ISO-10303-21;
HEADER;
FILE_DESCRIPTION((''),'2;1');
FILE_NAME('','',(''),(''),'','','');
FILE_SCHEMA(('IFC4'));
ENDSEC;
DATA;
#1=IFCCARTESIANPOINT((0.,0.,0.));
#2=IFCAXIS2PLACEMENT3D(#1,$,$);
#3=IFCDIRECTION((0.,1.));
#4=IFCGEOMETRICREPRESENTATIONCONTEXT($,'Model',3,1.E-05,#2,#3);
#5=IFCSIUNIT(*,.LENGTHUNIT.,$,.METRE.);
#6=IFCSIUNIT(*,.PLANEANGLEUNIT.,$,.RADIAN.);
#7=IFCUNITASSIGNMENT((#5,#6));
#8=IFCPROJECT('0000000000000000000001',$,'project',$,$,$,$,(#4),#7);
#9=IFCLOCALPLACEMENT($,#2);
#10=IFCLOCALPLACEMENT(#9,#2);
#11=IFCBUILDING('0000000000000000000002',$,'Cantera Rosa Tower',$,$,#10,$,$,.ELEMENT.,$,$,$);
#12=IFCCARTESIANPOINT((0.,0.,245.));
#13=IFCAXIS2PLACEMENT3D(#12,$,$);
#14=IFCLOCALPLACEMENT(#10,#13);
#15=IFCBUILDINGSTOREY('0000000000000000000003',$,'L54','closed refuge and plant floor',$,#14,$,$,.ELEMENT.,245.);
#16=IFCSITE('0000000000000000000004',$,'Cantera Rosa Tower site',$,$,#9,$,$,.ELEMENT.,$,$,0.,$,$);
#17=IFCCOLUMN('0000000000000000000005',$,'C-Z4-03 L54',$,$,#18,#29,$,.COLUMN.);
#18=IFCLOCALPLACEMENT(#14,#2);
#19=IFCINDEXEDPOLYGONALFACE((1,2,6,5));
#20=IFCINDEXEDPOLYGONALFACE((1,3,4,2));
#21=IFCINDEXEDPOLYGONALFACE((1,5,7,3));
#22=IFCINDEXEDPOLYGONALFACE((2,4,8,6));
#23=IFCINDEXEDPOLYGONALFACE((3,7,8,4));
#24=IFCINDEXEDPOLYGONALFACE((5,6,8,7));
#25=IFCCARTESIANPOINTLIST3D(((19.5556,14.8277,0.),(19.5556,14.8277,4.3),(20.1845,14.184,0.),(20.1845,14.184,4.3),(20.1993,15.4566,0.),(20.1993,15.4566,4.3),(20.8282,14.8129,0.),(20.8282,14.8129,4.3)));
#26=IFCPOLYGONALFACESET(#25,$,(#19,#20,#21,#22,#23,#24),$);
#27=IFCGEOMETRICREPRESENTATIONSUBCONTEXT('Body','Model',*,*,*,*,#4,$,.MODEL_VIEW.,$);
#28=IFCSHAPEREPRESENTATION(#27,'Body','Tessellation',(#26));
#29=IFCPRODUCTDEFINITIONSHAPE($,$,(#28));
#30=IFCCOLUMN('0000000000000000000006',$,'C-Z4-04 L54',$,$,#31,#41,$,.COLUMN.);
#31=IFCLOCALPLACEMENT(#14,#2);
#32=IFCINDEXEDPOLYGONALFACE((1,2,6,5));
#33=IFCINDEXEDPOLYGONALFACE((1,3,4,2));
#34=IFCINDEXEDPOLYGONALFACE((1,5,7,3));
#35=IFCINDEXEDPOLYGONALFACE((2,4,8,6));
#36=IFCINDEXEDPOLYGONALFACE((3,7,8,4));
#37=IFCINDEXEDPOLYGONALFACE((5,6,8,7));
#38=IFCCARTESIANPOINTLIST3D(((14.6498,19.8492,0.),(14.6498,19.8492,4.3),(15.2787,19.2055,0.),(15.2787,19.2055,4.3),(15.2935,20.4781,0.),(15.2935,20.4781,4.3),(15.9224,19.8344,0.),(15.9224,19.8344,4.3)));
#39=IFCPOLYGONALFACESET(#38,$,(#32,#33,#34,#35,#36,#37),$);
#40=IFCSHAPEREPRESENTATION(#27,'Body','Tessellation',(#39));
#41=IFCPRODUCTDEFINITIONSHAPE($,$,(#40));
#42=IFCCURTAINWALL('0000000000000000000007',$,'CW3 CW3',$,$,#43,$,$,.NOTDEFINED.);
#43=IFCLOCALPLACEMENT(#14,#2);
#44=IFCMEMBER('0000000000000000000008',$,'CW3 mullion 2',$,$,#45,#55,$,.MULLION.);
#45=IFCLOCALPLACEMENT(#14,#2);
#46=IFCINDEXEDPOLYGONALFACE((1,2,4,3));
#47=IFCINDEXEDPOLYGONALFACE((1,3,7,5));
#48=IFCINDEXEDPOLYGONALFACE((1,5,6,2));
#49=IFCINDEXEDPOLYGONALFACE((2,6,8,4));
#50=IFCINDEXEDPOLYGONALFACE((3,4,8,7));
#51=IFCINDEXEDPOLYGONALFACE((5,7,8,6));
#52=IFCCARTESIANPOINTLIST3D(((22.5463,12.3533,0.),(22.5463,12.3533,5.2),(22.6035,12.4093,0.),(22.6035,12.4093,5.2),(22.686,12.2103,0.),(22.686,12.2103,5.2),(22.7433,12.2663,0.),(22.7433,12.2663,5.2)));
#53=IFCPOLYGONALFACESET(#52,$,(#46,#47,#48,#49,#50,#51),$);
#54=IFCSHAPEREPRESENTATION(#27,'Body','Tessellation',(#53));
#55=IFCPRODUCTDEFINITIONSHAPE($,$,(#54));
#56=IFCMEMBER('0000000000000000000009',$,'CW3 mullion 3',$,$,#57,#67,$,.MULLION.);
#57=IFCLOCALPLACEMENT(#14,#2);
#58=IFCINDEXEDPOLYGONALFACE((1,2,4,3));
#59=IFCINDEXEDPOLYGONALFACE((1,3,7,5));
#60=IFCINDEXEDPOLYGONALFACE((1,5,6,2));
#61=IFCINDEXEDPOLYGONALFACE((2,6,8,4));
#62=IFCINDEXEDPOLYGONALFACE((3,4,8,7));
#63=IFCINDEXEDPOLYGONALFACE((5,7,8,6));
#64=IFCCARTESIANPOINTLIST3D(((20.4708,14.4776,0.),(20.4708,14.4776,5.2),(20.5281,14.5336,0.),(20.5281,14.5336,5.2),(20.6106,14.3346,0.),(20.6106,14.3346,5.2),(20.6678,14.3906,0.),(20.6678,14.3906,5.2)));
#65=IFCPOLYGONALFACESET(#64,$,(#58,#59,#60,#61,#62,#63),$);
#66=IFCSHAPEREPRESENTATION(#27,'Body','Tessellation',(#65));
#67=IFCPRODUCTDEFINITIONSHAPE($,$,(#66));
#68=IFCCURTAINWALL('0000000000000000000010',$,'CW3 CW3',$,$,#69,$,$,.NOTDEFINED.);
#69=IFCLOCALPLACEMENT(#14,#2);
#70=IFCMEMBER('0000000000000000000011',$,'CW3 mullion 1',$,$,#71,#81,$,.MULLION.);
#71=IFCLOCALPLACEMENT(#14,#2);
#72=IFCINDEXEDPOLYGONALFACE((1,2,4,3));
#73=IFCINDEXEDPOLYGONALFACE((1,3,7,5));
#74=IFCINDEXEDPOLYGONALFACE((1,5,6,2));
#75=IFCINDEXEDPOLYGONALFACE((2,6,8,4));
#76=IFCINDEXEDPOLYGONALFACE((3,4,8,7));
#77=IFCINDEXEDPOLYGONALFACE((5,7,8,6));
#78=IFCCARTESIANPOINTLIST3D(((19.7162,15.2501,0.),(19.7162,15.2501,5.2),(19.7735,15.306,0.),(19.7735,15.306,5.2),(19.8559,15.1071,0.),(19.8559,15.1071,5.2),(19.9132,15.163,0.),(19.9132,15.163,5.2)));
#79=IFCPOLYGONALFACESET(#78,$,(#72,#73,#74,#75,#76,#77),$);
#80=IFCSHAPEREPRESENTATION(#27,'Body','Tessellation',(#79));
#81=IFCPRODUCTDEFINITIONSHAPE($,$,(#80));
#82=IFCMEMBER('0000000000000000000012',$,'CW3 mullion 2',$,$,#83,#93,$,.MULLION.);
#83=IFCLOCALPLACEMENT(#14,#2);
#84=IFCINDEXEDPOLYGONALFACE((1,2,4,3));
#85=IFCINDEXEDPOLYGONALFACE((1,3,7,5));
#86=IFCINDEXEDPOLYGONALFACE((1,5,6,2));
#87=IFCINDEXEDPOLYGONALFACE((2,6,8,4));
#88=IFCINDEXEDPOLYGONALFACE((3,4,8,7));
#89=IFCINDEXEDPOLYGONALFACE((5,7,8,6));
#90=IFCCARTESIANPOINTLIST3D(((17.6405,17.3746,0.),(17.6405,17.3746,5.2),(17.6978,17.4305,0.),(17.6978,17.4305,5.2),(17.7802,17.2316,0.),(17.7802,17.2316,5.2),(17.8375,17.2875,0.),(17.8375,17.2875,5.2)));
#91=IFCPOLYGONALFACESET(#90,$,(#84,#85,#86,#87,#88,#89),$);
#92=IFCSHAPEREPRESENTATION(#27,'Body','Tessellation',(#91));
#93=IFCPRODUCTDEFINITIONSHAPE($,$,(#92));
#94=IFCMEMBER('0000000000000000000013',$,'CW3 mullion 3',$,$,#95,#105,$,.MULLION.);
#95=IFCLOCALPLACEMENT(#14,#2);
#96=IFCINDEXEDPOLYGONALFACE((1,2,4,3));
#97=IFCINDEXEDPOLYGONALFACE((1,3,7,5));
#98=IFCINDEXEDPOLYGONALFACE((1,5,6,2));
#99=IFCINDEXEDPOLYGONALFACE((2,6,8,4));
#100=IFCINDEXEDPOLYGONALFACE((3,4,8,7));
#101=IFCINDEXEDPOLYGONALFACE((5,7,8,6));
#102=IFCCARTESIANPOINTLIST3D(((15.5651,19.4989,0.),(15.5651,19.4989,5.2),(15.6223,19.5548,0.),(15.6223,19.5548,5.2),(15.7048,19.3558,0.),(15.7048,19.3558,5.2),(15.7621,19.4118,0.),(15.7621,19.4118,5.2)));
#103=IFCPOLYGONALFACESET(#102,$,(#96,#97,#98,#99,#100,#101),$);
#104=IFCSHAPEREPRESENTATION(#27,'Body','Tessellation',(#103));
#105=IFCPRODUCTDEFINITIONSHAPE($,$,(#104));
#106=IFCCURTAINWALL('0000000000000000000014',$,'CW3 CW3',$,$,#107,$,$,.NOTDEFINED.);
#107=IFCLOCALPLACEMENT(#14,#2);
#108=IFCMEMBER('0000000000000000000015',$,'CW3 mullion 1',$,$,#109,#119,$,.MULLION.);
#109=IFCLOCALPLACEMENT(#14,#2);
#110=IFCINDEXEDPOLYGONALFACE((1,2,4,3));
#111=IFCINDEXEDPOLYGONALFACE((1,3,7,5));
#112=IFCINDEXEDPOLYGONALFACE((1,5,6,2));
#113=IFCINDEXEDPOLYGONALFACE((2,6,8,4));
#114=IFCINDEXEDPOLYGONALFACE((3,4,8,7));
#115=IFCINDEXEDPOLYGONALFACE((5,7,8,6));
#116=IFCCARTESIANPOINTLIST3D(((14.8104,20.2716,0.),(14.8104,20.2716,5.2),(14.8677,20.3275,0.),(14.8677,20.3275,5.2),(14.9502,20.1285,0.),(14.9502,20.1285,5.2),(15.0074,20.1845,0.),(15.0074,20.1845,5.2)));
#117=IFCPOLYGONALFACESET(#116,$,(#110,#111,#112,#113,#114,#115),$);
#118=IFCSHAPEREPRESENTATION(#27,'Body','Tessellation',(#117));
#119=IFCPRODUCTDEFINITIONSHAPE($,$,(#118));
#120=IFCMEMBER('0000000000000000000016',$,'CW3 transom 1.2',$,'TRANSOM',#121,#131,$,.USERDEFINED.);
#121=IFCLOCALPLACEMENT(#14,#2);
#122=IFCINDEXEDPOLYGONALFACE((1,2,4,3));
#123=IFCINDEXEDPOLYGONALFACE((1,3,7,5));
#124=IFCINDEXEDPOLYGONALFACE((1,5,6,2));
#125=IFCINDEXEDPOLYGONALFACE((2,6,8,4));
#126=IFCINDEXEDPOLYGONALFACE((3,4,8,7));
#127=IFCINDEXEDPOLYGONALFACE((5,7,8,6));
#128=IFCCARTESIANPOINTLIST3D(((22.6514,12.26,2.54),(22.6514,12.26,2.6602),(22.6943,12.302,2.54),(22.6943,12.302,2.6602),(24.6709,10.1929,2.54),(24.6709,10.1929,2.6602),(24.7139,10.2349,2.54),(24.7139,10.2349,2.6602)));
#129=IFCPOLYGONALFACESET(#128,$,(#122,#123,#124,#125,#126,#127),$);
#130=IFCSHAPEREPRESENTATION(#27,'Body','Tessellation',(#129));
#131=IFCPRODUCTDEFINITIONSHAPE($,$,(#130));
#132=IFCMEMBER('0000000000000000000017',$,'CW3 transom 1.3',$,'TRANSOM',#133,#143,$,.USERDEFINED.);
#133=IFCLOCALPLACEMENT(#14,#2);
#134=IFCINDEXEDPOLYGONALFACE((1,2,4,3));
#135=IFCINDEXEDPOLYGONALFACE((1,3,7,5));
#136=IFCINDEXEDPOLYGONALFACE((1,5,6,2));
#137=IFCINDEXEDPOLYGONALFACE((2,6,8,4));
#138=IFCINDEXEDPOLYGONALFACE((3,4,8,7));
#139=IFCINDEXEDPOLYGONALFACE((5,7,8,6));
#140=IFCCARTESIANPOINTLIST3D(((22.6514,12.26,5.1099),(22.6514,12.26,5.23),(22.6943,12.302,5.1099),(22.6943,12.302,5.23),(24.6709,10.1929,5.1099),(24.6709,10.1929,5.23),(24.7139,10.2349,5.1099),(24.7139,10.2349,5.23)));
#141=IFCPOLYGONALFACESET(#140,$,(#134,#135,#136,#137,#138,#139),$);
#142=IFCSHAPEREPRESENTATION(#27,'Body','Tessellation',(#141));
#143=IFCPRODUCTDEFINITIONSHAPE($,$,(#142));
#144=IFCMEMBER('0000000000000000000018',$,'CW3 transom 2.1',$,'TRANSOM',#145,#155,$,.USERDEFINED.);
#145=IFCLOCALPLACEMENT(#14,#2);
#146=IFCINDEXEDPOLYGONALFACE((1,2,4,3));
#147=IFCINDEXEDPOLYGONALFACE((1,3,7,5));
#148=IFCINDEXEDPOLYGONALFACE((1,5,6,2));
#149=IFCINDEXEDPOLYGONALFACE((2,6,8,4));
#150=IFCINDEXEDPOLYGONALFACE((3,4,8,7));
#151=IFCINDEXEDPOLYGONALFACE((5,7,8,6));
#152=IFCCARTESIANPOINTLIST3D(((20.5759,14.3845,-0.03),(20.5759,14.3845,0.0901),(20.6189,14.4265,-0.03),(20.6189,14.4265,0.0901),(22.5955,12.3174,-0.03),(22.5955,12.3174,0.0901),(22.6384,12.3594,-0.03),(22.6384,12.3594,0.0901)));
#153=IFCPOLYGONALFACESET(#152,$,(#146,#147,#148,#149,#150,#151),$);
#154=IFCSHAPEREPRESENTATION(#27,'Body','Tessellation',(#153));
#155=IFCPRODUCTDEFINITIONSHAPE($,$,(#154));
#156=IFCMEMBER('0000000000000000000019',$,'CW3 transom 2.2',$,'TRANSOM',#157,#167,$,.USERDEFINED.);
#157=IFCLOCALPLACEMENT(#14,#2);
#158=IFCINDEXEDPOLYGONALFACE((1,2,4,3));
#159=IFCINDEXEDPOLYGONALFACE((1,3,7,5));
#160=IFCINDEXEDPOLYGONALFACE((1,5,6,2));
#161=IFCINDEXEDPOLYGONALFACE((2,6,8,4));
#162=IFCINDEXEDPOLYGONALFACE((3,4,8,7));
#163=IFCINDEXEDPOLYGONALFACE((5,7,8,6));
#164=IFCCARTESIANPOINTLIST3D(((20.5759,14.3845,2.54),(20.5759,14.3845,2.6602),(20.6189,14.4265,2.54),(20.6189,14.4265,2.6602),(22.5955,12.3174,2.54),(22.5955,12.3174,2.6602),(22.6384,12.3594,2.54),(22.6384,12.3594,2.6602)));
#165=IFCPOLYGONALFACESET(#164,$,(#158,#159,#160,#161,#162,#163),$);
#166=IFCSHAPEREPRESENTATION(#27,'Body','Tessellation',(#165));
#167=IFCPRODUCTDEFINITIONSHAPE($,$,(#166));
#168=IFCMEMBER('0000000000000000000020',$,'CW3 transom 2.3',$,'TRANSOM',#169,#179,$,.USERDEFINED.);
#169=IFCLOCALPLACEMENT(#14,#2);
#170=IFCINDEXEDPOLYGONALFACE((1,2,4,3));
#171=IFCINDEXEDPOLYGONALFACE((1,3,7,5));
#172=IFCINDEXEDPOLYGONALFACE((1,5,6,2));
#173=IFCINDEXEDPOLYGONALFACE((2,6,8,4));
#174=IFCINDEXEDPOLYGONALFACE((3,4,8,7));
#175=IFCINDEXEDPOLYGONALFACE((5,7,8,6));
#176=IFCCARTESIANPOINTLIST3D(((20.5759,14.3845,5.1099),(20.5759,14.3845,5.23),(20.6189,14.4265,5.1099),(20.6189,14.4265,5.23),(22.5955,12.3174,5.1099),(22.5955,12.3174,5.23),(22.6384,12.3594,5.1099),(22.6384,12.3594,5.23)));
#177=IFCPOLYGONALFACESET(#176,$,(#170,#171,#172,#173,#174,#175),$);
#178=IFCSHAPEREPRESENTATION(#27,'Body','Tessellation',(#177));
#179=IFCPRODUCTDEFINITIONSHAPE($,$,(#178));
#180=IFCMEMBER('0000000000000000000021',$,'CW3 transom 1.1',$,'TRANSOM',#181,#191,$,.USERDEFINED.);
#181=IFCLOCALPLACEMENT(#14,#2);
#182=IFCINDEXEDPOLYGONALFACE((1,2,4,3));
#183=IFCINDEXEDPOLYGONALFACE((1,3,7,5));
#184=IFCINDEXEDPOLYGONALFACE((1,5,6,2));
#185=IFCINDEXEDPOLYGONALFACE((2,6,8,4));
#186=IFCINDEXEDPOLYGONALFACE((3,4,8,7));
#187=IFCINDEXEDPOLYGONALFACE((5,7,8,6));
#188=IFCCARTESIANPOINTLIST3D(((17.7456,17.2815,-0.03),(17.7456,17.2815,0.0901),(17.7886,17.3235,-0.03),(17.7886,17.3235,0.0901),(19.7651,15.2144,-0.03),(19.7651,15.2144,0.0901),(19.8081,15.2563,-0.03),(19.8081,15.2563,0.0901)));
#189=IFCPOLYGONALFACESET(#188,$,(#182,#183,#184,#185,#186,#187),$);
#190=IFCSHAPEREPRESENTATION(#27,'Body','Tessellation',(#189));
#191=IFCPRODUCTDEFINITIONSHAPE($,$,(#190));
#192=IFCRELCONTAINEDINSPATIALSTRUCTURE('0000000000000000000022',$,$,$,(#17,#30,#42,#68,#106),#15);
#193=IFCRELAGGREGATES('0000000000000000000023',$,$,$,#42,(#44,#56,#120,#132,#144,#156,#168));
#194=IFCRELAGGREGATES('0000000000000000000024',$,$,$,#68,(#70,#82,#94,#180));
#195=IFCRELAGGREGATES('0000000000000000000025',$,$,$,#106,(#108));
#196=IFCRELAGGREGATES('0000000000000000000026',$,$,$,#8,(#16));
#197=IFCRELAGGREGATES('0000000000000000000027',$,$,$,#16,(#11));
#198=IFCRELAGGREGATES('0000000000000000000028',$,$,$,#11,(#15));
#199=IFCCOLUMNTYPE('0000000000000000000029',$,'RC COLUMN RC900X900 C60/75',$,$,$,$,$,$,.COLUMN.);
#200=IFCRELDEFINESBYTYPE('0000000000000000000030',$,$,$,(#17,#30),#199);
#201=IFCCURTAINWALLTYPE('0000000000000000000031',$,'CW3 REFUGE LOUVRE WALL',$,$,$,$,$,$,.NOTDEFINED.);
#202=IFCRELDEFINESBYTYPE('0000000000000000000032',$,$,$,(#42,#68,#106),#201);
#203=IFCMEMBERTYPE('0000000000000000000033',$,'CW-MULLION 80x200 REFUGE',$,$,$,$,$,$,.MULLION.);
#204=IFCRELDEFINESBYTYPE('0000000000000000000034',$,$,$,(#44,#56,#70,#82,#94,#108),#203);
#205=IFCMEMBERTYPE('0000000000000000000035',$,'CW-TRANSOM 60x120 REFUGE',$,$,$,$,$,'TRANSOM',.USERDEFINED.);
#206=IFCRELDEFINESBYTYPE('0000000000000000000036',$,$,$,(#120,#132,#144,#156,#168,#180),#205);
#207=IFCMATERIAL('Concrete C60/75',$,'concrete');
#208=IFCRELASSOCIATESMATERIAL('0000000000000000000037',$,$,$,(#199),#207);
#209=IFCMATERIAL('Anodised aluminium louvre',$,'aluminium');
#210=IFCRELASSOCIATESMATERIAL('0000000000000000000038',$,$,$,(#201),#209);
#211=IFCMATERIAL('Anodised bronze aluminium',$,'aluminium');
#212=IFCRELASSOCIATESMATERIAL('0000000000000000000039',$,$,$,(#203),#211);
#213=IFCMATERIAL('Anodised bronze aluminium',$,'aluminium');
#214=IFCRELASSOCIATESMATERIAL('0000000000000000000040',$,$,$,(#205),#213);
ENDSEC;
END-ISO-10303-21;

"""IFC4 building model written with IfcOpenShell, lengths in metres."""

from ifc_helpers import new_model, si_unit, direction, frame, origin, origin_2d, place, context, subcontext, project, spatial, rectangle, extrude, material, material_profile, profile_set, type_object, element, aggregate, save


model = new_model("IFC4")

# Units and contexts
model_context = context("Model", 3, precision=1e-05, world=origin(), true_north=direction((0.0, 1.0)))
body_context = subcontext(model_context, "Body", "Model", "MODEL_VIEW")
ifc_project = project(units=[si_unit("LENGTHUNIT", "METRE"), si_unit("PLANEANGLEUNIT", "RADIAN")], contexts=[model_context])

# Site, building, storey
site_placement = place(None, origin())
site = spatial("IfcSite", under=ifc_project, at=site_placement, Name="Cantera Rosa Tower site", CompositionType="ELEMENT", RefElevation=0.0)
building_placement = place(site_placement, origin())
building = spatial("IfcBuilding", under=site, at=building_placement, Name="Cantera Rosa Tower", CompositionType="ELEMENT")
storey_placement = place(building_placement, frame((0.0, 0.0, 245.0)))
storey = spatial("IfcBuildingStorey", under=building, at=storey_placement, Name="L54", Description="closed refuge and plant floor", CompositionType="ELEMENT", Elevation=245.0)

# Columns
ifc_material_1 = material(Name="Concrete C60/75", Category="concrete")
ifc_material_profile_1 = material_profile(ifc_material_1, rectangle(XDim=0.8999, YDim=0.8999, at=origin_2d()), Name="RC COLUMN RC900X900 C60/75")
ifc_profile_set_1 = profile_set([ifc_material_profile_1], Name="Concrete C60/75")
column_type = type_object("IfcColumnType", Name="RC COLUMN RC900X900 C60/75", PredefinedType="COLUMN", material=ifc_profile_set_1)
for number, where, z_axis, x_axis, name in (
    (1, (20.1919, 14.8203, 0.0), (0.0, 0.0, 1.0), (0.715286, 0.698832, 0.0), "C-Z4-03 L54"),
    (2, (15.2861, 19.8418, 0.0), (0.0, 0.0, 1.0), (0.715286, 0.698832, 0.0), "C-Z4-04 L54"),
):
    element("IfcColumn", number, at=place(storey_placement, frame(where, z_axis=z_axis, x_axis=x_axis)), inside=storey, type_object=column_type, Name=name, PredefinedType="COLUMN", context=body_context, shape_type="SweptSolid", body=[
        extrude(rectangle(XDim=0.8999, YDim=0.8999, at=origin_2d()), origin(), (0.0, 0.0, 1.0), 4.3),
    ])

# Curtain walls, members
ifc_material_2 = material(Name="Anodised aluminium louvre", Category="aluminium")
curtain_wall_type = type_object("IfcCurtainWallType", Name="CW3 REFUGE LOUVRE WALL", PredefinedType="NOTDEFINED", material=ifc_material_2)
curtain_wall_1_placement = place(storey_placement, origin())
curtain_wall_1 = element("IfcCurtainWall", 3, at=curtain_wall_1_placement, inside=storey, type_object=curtain_wall_type, Name="CW3 CW3", PredefinedType="NOTDEFINED")
ifc_material_3 = material(Name="Anodised bronze aluminium", Category="aluminium")
ifc_material_profile_2 = material_profile(ifc_material_3, rectangle(XDim=0.0801, YDim=0.2, at=origin_2d()), Name="CW-MULLION 80x200 REFUGE")
ifc_profile_set_2 = profile_set([ifc_material_profile_2], Name="Anodised bronze aluminium")
member_type_1 = type_object("IfcMemberType", Name="CW-MULLION 80x200 REFUGE", PredefinedType="MULLION", material=ifc_profile_set_2)
member_1_placement = place(storey_placement, frame((22.6448, 12.3098, 0.0), z_axis=(0.0, 0.0, 1.0), x_axis=(-0.715286, -0.698832, 0.0)))
member_1 = element("IfcMember", 4, at=member_1_placement, type_object=member_type_1, Name="CW3 mullion 2", PredefinedType="MULLION", context=body_context, shape_type="SweptSolid", body=[
    extrude(rectangle(XDim=0.0801, YDim=0.2, at=origin_2d()), origin(), (0.0, 0.0, 1.0), 5.2),
])
member_2_placement = place(storey_placement, frame((20.5693, 14.4341, 0.0), z_axis=(0.0, 0.0, 1.0), x_axis=(-0.715286, -0.698832, 0.0)))
member_2 = element("IfcMember", 5, at=member_2_placement, type_object=member_type_1, Name="CW3 mullion 3", PredefinedType="MULLION", context=body_context, shape_type="SweptSolid", body=[
    extrude(rectangle(XDim=0.0801, YDim=0.2, at=origin_2d()), origin(), (0.0, 0.0, 1.0), 5.2),
])
curtain_wall_2_placement = place(storey_placement, origin())
curtain_wall_2 = element("IfcCurtainWall", 6, at=curtain_wall_2_placement, inside=storey, type_object=curtain_wall_type, Name="CW3 CW3", PredefinedType="NOTDEFINED")
member_3_placement = place(storey_placement, frame((19.8147, 15.2065, 0.0), z_axis=(0.0, 0.0, 1.0), x_axis=(-0.715286, -0.698832, 0.0)))
member_3 = element("IfcMember", 7, at=member_3_placement, type_object=member_type_1, Name="CW3 mullion 1", PredefinedType="MULLION", context=body_context, shape_type="SweptSolid", body=[
    extrude(rectangle(XDim=0.0801, YDim=0.2, at=origin_2d()), origin(), (0.0, 0.0, 1.0), 5.2),
])
member_4_placement = place(storey_placement, frame((17.739, 17.3311, 0.0), z_axis=(0.0, 0.0, 1.0), x_axis=(-0.715286, -0.698832, 0.0)))
member_4 = element("IfcMember", 8, at=member_4_placement, type_object=member_type_1, Name="CW3 mullion 2", PredefinedType="MULLION", context=body_context, shape_type="SweptSolid", body=[
    extrude(rectangle(XDim=0.0801, YDim=0.2, at=origin_2d()), origin(), (0.0, 0.0, 1.0), 5.2),
])
member_5_placement = place(storey_placement, frame((15.6636, 19.4553, 0.0), z_axis=(0.0, 0.0, 1.0), x_axis=(-0.715286, -0.698832, 0.0)))
member_5 = element("IfcMember", 9, at=member_5_placement, type_object=member_type_1, Name="CW3 mullion 3", PredefinedType="MULLION", context=body_context, shape_type="SweptSolid", body=[
    extrude(rectangle(XDim=0.0801, YDim=0.2, at=origin_2d()), origin(), (0.0, 0.0, 1.0), 5.2),
])

# Curtain wall, member
curtain_wall_3_placement = place(storey_placement, origin())
curtain_wall_3 = element("IfcCurtainWall", 10, at=curtain_wall_3_placement, inside=storey, type_object=curtain_wall_type, Name="CW3 CW3", PredefinedType="NOTDEFINED")
member_6_placement = place(storey_placement, frame((14.9089, 20.228, 0.0), z_axis=(0.0, 0.0, 1.0), x_axis=(-0.715286, -0.698832, 0.0)))
member_6 = element("IfcMember", 11, at=member_6_placement, type_object=member_type_1, Name="CW3 mullion 1", PredefinedType="MULLION", context=body_context, shape_type="SweptSolid", body=[
    extrude(rectangle(XDim=0.0801, YDim=0.2, at=origin_2d()), origin(), (0.0, 0.0, 1.0), 5.2),
])

# Members
ifc_material_4 = material(Name="Anodised bronze aluminium", Category="aluminium")
ifc_material_profile_3 = material_profile(ifc_material_4, rectangle(XDim=0.0601, YDim=0.1201, at=origin_2d()), Name="CW-TRANSOM 60x120 REFUGE")
ifc_profile_set_3 = profile_set([ifc_material_profile_3], Name="Anodised bronze aluminium")
member_type_2 = type_object("IfcMemberType", Name="CW-TRANSOM 60x120 REFUGE", ElementType="TRANSOM", PredefinedType="USERDEFINED", material=ifc_profile_set_3)
member_7_placement = place(storey_placement, frame((24.6924, 10.2139, 2.6001), z_axis=(-0.698822, 0.715296, 0.0), x_axis=(-0.715296, -0.698822, 0.0)))
member_7 = element("IfcMember", 12, at=member_7_placement, type_object=member_type_2, Name="CW3 transom 1.2", ObjectType="TRANSOM", PredefinedType="USERDEFINED", context=body_context, shape_type="SweptSolid", body=[
    extrude(rectangle(XDim=0.0601, YDim=0.1201, at=origin_2d()), origin(), (0.0, 0.0, 1.0), 2.8899),
])
member_8_placement = place(storey_placement, frame((24.6924, 10.2139, 5.1699), z_axis=(-0.698822, 0.715296, 0.0), x_axis=(-0.715296, -0.698822, 0.0)))
member_8 = element("IfcMember", 13, at=member_8_placement, type_object=member_type_2, Name="CW3 transom 1.3", ObjectType="TRANSOM", PredefinedType="USERDEFINED", context=body_context, shape_type="SweptSolid", body=[
    extrude(rectangle(XDim=0.0601, YDim=0.1201, at=origin_2d()), origin(), (0.0, 0.0, 1.0), 2.8899),
])
member_9_placement = place(storey_placement, frame((22.6169, 12.3384, 0.03), z_axis=(-0.698822, 0.715296, 0.0), x_axis=(-0.715296, -0.698822, 0.0)))
member_9 = element("IfcMember", 14, at=member_9_placement, type_object=member_type_2, Name="CW3 transom 2.1", ObjectType="TRANSOM", PredefinedType="USERDEFINED", context=body_context, shape_type="SweptSolid", body=[
    extrude(rectangle(XDim=0.0601, YDim=0.1201, at=origin_2d()), origin(), (0.0, 0.0, 1.0), 2.8899),
])
member_10_placement = place(storey_placement, frame((22.6169, 12.3384, 2.6001), z_axis=(-0.698822, 0.715296, 0.0), x_axis=(-0.715296, -0.698822, 0.0)))
member_10 = element("IfcMember", 15, at=member_10_placement, type_object=member_type_2, Name="CW3 transom 2.2", ObjectType="TRANSOM", PredefinedType="USERDEFINED", context=body_context, shape_type="SweptSolid", body=[
    extrude(rectangle(XDim=0.0601, YDim=0.1201, at=origin_2d()), origin(), (0.0, 0.0, 1.0), 2.8899),
])
member_11_placement = place(storey_placement, frame((22.6169, 12.3384, 5.1699), z_axis=(-0.698822, 0.715296, 0.0), x_axis=(-0.715296, -0.698822, 0.0)))
member_11 = element("IfcMember", 16, at=member_11_placement, type_object=member_type_2, Name="CW3 transom 2.3", ObjectType="TRANSOM", PredefinedType="USERDEFINED", context=body_context, shape_type="SweptSolid", body=[
    extrude(rectangle(XDim=0.0601, YDim=0.1201, at=origin_2d()), origin(), (0.0, 0.0, 1.0), 2.8899),
])
member_12_placement = place(storey_placement, frame((19.7866, 15.2354, 0.03), z_axis=(-0.698822, 0.715296, 0.0), x_axis=(-0.715296, -0.698822, 0.0)))
member_12 = element("IfcMember", 17, at=member_12_placement, type_object=member_type_2, Name="CW3 transom 1.1", ObjectType="TRANSOM", PredefinedType="USERDEFINED", context=body_context, shape_type="SweptSolid", body=[
    extrude(rectangle(XDim=0.0601, YDim=0.1201, at=origin_2d()), origin(), (0.0, 0.0, 1.0), 2.8899),
])

aggregate(curtain_wall_1, [member_1, member_2, member_7, member_8, member_9, member_10, member_11])
aggregate(curtain_wall_2, [member_3, member_4, member_5, member_12])
aggregate(curtain_wall_3, [member_6])

save(model, "model.ifc")
